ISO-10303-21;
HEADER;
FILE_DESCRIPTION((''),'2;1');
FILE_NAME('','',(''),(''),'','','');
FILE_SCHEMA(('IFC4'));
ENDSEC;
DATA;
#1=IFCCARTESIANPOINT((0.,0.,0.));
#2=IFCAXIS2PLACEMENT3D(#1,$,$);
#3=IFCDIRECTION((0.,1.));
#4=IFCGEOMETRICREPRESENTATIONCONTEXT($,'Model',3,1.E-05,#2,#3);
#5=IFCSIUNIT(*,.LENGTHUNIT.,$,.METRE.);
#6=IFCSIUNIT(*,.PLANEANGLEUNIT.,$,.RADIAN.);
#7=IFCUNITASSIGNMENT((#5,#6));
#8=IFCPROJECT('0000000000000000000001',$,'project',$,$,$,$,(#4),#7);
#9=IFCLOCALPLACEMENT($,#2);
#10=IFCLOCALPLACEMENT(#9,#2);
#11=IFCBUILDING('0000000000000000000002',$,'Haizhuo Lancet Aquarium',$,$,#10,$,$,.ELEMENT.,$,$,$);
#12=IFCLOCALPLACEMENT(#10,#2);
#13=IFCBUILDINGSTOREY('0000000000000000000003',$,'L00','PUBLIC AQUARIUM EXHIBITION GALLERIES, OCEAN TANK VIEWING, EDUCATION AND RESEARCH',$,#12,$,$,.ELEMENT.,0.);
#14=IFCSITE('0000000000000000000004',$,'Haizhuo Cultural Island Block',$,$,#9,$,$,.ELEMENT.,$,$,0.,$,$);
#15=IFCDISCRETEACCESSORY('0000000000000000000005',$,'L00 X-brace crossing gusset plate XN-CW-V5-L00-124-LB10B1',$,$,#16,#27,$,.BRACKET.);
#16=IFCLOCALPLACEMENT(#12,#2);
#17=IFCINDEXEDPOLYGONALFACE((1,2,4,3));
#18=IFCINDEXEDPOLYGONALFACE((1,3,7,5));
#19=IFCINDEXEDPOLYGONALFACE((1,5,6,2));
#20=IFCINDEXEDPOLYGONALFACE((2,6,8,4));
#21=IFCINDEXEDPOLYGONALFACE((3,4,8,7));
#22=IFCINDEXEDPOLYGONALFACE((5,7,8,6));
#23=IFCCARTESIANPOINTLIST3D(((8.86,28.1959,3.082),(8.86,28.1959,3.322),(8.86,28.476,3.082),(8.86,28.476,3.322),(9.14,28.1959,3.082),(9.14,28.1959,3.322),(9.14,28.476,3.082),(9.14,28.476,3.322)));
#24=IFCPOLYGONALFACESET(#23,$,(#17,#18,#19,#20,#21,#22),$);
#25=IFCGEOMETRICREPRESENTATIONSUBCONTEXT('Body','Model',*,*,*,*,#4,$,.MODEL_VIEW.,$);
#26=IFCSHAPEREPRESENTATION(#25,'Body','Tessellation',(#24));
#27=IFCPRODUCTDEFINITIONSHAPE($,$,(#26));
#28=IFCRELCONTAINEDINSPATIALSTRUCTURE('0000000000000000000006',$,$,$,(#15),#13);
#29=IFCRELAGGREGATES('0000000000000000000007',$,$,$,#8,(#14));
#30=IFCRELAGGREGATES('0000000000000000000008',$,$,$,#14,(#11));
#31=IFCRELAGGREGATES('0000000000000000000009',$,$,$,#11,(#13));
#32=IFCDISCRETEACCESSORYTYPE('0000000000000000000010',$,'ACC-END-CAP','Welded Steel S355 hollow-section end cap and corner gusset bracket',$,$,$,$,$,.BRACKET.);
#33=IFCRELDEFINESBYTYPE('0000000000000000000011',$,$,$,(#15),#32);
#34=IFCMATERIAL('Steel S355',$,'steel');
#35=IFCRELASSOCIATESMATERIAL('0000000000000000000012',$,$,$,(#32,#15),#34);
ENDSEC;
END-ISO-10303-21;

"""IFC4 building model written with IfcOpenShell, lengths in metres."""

from ifc_helpers import new_model, si_unit, direction, frame, origin, origin_2d, place, context, subcontext, project, spatial, rectangle, extrude, material, type_object, element, save


model = new_model("IFC4")

# Units and contexts
model_context = context("Model", 3, precision=1e-05, world=origin(), true_north=direction((0.0, 1.0)))
body_context = subcontext(model_context, "Body", "Model", "MODEL_VIEW")
ifc_project = project(units=[si_unit("LENGTHUNIT", "METRE"), si_unit("PLANEANGLEUNIT", "RADIAN")], contexts=[model_context])

# Site, building, storey
site_placement = place(None, origin())
site = spatial("IfcSite", under=ifc_project, at=site_placement, Name="Haizhuo Cultural Island Block", CompositionType="ELEMENT", RefElevation=0.0)
building_placement = place(site_placement, origin())
building = spatial("IfcBuilding", under=site, at=building_placement, Name="Haizhuo Lancet Aquarium", CompositionType="ELEMENT")
storey_placement = place(building_placement, origin())
storey = spatial("IfcBuildingStorey", under=building, at=storey_placement, Name="L00", Description="PUBLIC AQUARIUM EXHIBITION GALLERIES, OCEAN TANK VIEWING, EDUCATION AND RESEARCH", CompositionType="ELEMENT", Elevation=0.0)

# Shared definitions
ifc_material_1 = material(Name="Steel S355", Category="steel")

# Discrete accessory
discrete_accessory_type = type_object("IfcDiscreteAccessoryType", Name="ACC-END-CAP", Description="Welded Steel S355 hollow-section end cap and corner gusset bracket", PredefinedType="BRACKET", material=ifc_material_1)
for number, where, z_axis, x_axis, name in (
    (1, (9.0, 28.3359, 3.082), (0.0, 0.0, 1.0), (1.0, 0.0, 0.0), "L00 X-brace crossing gusset plate XN-CW-V5-L00-124-LB10B1"),
):
    element("IfcDiscreteAccessory", number, at=place(storey_placement, frame(where, z_axis=z_axis, x_axis=x_axis)), inside=storey, type_object=discrete_accessory_type, material=ifc_material_1, Name=name, PredefinedType="BRACKET", context=body_context, shape_type="SweptSolid", body=[
        extrude(rectangle(XDim=0.28, YDim=0.28, at=origin_2d()), origin(), (0.0, 0.0, 1.0), 0.24),
    ])

save(model, "model.ifc")
